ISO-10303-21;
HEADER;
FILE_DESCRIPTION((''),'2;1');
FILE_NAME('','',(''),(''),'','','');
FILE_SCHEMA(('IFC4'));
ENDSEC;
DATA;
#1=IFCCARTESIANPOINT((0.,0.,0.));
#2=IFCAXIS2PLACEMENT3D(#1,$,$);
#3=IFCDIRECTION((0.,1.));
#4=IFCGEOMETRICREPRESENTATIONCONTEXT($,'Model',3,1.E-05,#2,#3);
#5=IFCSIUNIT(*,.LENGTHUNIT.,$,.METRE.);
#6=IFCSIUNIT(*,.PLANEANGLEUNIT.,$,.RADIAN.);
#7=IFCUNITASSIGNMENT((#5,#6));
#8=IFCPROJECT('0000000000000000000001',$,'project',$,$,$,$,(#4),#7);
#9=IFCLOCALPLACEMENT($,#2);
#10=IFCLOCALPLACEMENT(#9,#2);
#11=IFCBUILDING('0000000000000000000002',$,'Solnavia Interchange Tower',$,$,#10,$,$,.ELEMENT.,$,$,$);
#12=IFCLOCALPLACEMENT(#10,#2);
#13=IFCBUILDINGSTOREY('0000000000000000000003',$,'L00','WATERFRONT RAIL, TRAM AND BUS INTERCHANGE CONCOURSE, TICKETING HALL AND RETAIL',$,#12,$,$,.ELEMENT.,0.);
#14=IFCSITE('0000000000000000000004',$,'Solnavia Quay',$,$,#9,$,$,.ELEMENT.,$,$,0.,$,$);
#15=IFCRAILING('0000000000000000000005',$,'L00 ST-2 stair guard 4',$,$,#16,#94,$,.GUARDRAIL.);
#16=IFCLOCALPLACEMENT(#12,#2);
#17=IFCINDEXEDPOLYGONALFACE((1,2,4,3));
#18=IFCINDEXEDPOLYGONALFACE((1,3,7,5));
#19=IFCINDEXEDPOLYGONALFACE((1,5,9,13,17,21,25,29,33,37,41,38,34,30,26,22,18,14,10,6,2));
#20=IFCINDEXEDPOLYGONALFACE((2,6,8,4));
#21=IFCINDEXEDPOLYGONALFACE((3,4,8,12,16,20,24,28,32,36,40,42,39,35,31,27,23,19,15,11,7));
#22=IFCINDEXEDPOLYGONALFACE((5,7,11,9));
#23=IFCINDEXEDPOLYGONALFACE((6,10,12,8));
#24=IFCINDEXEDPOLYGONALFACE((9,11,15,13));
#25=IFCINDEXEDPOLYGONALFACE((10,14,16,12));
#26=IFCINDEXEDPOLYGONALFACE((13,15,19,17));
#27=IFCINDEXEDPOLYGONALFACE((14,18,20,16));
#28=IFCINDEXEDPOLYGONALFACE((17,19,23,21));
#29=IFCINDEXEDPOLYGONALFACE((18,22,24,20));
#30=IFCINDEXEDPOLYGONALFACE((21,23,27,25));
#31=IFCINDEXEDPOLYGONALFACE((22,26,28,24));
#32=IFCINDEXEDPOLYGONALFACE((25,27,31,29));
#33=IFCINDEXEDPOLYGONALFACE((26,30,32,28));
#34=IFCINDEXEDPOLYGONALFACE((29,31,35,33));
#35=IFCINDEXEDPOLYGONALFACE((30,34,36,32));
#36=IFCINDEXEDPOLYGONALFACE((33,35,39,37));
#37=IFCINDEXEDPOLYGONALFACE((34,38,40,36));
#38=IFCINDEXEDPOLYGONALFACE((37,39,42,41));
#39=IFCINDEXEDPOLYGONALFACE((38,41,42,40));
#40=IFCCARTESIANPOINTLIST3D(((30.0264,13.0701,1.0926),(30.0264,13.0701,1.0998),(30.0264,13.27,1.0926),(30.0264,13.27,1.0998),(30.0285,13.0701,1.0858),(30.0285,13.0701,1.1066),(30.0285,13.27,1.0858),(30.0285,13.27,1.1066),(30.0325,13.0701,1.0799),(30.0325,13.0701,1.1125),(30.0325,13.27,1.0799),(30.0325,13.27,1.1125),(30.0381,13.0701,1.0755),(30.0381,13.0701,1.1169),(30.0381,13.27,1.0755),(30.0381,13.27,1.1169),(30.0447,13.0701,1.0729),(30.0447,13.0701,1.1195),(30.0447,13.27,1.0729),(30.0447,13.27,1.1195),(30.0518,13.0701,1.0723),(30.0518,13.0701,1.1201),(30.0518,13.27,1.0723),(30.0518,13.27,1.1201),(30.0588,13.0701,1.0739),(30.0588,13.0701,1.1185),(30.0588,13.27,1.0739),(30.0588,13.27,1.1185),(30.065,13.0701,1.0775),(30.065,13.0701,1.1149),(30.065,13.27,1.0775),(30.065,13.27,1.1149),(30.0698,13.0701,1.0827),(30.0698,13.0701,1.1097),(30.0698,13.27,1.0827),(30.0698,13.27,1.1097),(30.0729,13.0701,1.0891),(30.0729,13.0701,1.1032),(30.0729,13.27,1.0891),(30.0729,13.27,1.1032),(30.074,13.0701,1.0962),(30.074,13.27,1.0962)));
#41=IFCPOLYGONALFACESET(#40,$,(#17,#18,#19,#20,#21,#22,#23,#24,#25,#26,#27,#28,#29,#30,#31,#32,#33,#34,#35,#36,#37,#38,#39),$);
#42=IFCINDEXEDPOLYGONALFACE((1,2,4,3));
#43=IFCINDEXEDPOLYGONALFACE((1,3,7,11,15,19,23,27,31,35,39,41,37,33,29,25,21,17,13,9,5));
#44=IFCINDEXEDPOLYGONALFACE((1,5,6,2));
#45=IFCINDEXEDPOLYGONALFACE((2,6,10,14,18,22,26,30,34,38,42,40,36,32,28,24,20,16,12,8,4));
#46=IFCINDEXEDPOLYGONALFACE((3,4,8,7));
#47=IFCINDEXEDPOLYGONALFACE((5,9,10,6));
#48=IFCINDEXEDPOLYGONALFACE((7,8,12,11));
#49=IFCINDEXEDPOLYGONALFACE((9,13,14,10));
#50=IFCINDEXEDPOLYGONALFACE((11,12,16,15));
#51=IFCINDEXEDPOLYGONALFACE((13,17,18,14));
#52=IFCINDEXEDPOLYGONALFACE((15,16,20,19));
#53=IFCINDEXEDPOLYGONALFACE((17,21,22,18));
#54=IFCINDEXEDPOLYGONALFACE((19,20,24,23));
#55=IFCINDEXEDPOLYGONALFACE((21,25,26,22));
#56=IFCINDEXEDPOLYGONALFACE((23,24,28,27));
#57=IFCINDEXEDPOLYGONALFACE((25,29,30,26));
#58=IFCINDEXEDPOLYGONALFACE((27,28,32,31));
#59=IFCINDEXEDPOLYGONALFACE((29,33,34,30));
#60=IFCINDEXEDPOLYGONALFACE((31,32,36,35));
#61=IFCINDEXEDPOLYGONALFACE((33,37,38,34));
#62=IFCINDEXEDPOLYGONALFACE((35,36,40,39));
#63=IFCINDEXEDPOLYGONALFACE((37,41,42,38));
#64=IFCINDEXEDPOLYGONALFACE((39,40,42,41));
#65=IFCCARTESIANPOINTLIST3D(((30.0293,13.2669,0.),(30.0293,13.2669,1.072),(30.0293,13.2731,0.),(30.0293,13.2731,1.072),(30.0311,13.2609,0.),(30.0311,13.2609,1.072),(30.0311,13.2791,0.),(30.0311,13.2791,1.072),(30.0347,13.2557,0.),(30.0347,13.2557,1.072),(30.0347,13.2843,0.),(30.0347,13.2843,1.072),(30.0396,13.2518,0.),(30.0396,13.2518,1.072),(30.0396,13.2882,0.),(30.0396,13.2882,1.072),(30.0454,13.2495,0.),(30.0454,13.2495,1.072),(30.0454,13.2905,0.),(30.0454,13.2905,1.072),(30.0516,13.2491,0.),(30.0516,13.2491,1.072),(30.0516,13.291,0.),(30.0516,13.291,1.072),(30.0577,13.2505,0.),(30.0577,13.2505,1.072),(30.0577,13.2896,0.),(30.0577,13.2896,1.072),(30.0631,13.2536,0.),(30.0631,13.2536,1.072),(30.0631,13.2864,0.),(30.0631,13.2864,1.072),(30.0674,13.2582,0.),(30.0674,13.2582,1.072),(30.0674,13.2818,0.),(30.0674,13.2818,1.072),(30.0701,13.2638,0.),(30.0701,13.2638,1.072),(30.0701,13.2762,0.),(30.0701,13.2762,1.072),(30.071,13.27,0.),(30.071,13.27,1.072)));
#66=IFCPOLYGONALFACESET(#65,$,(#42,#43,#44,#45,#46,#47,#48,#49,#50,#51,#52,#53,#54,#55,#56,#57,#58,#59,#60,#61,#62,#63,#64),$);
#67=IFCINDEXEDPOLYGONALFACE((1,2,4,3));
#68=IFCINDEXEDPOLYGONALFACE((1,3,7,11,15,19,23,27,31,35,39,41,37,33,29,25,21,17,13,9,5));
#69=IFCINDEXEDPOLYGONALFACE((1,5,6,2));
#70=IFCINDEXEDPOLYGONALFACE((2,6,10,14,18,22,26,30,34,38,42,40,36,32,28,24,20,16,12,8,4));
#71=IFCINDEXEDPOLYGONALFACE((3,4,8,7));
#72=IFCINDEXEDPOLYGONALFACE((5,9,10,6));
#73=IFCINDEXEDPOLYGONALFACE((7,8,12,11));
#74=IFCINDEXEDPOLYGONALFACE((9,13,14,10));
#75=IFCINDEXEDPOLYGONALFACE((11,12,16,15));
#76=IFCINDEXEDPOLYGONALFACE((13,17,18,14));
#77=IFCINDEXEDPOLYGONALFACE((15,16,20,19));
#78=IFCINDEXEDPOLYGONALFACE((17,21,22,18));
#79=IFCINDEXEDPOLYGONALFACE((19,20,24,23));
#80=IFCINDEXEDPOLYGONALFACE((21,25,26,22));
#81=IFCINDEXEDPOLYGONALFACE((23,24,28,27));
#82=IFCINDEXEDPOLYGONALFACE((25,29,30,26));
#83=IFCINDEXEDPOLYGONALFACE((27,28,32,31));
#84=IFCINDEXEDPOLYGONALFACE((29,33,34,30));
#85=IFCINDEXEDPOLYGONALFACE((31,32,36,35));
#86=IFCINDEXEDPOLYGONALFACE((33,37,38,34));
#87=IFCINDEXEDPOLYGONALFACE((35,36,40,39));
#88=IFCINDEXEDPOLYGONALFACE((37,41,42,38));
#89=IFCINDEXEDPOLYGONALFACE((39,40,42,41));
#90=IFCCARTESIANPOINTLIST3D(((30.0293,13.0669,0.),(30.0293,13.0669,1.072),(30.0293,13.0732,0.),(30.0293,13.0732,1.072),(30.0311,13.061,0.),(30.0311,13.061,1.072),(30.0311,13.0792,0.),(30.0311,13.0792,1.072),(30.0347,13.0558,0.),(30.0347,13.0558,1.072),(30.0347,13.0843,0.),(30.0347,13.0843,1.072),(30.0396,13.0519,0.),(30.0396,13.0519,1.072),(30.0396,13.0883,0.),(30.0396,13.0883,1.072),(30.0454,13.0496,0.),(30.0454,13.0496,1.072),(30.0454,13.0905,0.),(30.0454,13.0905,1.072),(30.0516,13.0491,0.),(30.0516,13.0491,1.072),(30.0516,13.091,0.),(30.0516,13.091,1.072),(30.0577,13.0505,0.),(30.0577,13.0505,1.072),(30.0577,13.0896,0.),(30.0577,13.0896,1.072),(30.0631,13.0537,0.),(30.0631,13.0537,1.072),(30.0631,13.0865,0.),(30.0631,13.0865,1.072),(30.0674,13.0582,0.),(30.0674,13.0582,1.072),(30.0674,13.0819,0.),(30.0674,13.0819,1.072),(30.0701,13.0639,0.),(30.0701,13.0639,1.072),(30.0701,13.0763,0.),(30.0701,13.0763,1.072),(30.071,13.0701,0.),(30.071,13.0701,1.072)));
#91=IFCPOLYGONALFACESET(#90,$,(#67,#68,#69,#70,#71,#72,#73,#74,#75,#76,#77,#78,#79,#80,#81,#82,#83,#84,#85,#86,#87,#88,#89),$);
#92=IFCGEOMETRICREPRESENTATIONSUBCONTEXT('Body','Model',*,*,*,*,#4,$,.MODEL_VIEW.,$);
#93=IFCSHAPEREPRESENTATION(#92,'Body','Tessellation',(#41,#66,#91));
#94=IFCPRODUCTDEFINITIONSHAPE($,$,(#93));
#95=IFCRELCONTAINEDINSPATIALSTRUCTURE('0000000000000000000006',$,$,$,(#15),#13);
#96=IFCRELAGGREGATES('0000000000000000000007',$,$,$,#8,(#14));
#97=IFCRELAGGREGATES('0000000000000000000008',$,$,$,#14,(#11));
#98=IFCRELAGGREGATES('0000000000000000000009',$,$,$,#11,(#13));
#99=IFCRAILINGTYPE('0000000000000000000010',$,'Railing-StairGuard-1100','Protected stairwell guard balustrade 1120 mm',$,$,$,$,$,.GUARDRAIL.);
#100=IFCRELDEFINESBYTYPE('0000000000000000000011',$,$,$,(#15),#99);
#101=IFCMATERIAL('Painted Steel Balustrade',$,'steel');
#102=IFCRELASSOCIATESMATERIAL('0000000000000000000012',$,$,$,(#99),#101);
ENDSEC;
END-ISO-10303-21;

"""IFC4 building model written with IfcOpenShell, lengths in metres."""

from ifc_helpers import new_model, si_unit, direction, frame, origin, origin_2d, place, context, subcontext, project, spatial, circle, extrude, material, type_object, element, save


model = new_model("IFC4")

# Units and contexts
model_context = context("Model", 3, precision=1e-05, world=origin(), true_north=direction((0.0, 1.0)))
body_context = subcontext(model_context, "Body", "Model", "MODEL_VIEW")
ifc_project = project(units=[si_unit("LENGTHUNIT", "METRE"), si_unit("PLANEANGLEUNIT", "RADIAN")], contexts=[model_context])

# Site, building, storey
site_placement = place(None, origin())
site = spatial("IfcSite", under=ifc_project, at=site_placement, Name="Solnavia Quay", CompositionType="ELEMENT", RefElevation=0.0)
building_placement = place(site_placement, origin())
building = spatial("IfcBuilding", under=site, at=building_placement, Name="Solnavia Interchange Tower", CompositionType="ELEMENT")
storey_placement = place(building_placement, origin())
storey = spatial("IfcBuildingStorey", under=building, at=storey_placement, Name="L00", Description="WATERFRONT RAIL, TRAM AND BUS INTERCHANGE CONCOURSE, TICKETING HALL AND RETAIL", CompositionType="ELEMENT", Elevation=0.0)

# Railing
ifc_material_1 = material(Name="Painted Steel Balustrade", Category="steel")
railing_type_1 = type_object("IfcRailingType", Name="Railing-StairGuard-1100", Description="Protected stairwell guard balustrade 1120 mm", PredefinedType="GUARDRAIL", material=ifc_material_1)
railing_1_placement = place(storey_placement, frame((30.05, 13.27, 0.0)))
element("IfcRailing", 1, at=railing_1_placement, inside=storey, type_object=railing_type_1, Name="L00 ST-2 stair guard 4", PredefinedType="GUARDRAIL", context=body_context, shape_type="SweptSolid", body=[
    extrude(circle(Radius=0.0239, at=origin_2d()), frame((0.0, 0.0, 1.0962), z_axis=(0.0, -1.0, 0.0), x_axis=(1.0, 0.0, 0.0)), (0.0, 0.0, 1.0), 0.2),
    extrude(circle(Radius=0.021, at=origin_2d()), origin(), (0.0, 0.0, 1.0), 1.072),
    extrude(circle(Radius=0.021, at=origin_2d()), frame((0.0, -0.2, 0.0)), (0.0, 0.0, 1.0), 1.072),
])

save(model, "model.ifc")
